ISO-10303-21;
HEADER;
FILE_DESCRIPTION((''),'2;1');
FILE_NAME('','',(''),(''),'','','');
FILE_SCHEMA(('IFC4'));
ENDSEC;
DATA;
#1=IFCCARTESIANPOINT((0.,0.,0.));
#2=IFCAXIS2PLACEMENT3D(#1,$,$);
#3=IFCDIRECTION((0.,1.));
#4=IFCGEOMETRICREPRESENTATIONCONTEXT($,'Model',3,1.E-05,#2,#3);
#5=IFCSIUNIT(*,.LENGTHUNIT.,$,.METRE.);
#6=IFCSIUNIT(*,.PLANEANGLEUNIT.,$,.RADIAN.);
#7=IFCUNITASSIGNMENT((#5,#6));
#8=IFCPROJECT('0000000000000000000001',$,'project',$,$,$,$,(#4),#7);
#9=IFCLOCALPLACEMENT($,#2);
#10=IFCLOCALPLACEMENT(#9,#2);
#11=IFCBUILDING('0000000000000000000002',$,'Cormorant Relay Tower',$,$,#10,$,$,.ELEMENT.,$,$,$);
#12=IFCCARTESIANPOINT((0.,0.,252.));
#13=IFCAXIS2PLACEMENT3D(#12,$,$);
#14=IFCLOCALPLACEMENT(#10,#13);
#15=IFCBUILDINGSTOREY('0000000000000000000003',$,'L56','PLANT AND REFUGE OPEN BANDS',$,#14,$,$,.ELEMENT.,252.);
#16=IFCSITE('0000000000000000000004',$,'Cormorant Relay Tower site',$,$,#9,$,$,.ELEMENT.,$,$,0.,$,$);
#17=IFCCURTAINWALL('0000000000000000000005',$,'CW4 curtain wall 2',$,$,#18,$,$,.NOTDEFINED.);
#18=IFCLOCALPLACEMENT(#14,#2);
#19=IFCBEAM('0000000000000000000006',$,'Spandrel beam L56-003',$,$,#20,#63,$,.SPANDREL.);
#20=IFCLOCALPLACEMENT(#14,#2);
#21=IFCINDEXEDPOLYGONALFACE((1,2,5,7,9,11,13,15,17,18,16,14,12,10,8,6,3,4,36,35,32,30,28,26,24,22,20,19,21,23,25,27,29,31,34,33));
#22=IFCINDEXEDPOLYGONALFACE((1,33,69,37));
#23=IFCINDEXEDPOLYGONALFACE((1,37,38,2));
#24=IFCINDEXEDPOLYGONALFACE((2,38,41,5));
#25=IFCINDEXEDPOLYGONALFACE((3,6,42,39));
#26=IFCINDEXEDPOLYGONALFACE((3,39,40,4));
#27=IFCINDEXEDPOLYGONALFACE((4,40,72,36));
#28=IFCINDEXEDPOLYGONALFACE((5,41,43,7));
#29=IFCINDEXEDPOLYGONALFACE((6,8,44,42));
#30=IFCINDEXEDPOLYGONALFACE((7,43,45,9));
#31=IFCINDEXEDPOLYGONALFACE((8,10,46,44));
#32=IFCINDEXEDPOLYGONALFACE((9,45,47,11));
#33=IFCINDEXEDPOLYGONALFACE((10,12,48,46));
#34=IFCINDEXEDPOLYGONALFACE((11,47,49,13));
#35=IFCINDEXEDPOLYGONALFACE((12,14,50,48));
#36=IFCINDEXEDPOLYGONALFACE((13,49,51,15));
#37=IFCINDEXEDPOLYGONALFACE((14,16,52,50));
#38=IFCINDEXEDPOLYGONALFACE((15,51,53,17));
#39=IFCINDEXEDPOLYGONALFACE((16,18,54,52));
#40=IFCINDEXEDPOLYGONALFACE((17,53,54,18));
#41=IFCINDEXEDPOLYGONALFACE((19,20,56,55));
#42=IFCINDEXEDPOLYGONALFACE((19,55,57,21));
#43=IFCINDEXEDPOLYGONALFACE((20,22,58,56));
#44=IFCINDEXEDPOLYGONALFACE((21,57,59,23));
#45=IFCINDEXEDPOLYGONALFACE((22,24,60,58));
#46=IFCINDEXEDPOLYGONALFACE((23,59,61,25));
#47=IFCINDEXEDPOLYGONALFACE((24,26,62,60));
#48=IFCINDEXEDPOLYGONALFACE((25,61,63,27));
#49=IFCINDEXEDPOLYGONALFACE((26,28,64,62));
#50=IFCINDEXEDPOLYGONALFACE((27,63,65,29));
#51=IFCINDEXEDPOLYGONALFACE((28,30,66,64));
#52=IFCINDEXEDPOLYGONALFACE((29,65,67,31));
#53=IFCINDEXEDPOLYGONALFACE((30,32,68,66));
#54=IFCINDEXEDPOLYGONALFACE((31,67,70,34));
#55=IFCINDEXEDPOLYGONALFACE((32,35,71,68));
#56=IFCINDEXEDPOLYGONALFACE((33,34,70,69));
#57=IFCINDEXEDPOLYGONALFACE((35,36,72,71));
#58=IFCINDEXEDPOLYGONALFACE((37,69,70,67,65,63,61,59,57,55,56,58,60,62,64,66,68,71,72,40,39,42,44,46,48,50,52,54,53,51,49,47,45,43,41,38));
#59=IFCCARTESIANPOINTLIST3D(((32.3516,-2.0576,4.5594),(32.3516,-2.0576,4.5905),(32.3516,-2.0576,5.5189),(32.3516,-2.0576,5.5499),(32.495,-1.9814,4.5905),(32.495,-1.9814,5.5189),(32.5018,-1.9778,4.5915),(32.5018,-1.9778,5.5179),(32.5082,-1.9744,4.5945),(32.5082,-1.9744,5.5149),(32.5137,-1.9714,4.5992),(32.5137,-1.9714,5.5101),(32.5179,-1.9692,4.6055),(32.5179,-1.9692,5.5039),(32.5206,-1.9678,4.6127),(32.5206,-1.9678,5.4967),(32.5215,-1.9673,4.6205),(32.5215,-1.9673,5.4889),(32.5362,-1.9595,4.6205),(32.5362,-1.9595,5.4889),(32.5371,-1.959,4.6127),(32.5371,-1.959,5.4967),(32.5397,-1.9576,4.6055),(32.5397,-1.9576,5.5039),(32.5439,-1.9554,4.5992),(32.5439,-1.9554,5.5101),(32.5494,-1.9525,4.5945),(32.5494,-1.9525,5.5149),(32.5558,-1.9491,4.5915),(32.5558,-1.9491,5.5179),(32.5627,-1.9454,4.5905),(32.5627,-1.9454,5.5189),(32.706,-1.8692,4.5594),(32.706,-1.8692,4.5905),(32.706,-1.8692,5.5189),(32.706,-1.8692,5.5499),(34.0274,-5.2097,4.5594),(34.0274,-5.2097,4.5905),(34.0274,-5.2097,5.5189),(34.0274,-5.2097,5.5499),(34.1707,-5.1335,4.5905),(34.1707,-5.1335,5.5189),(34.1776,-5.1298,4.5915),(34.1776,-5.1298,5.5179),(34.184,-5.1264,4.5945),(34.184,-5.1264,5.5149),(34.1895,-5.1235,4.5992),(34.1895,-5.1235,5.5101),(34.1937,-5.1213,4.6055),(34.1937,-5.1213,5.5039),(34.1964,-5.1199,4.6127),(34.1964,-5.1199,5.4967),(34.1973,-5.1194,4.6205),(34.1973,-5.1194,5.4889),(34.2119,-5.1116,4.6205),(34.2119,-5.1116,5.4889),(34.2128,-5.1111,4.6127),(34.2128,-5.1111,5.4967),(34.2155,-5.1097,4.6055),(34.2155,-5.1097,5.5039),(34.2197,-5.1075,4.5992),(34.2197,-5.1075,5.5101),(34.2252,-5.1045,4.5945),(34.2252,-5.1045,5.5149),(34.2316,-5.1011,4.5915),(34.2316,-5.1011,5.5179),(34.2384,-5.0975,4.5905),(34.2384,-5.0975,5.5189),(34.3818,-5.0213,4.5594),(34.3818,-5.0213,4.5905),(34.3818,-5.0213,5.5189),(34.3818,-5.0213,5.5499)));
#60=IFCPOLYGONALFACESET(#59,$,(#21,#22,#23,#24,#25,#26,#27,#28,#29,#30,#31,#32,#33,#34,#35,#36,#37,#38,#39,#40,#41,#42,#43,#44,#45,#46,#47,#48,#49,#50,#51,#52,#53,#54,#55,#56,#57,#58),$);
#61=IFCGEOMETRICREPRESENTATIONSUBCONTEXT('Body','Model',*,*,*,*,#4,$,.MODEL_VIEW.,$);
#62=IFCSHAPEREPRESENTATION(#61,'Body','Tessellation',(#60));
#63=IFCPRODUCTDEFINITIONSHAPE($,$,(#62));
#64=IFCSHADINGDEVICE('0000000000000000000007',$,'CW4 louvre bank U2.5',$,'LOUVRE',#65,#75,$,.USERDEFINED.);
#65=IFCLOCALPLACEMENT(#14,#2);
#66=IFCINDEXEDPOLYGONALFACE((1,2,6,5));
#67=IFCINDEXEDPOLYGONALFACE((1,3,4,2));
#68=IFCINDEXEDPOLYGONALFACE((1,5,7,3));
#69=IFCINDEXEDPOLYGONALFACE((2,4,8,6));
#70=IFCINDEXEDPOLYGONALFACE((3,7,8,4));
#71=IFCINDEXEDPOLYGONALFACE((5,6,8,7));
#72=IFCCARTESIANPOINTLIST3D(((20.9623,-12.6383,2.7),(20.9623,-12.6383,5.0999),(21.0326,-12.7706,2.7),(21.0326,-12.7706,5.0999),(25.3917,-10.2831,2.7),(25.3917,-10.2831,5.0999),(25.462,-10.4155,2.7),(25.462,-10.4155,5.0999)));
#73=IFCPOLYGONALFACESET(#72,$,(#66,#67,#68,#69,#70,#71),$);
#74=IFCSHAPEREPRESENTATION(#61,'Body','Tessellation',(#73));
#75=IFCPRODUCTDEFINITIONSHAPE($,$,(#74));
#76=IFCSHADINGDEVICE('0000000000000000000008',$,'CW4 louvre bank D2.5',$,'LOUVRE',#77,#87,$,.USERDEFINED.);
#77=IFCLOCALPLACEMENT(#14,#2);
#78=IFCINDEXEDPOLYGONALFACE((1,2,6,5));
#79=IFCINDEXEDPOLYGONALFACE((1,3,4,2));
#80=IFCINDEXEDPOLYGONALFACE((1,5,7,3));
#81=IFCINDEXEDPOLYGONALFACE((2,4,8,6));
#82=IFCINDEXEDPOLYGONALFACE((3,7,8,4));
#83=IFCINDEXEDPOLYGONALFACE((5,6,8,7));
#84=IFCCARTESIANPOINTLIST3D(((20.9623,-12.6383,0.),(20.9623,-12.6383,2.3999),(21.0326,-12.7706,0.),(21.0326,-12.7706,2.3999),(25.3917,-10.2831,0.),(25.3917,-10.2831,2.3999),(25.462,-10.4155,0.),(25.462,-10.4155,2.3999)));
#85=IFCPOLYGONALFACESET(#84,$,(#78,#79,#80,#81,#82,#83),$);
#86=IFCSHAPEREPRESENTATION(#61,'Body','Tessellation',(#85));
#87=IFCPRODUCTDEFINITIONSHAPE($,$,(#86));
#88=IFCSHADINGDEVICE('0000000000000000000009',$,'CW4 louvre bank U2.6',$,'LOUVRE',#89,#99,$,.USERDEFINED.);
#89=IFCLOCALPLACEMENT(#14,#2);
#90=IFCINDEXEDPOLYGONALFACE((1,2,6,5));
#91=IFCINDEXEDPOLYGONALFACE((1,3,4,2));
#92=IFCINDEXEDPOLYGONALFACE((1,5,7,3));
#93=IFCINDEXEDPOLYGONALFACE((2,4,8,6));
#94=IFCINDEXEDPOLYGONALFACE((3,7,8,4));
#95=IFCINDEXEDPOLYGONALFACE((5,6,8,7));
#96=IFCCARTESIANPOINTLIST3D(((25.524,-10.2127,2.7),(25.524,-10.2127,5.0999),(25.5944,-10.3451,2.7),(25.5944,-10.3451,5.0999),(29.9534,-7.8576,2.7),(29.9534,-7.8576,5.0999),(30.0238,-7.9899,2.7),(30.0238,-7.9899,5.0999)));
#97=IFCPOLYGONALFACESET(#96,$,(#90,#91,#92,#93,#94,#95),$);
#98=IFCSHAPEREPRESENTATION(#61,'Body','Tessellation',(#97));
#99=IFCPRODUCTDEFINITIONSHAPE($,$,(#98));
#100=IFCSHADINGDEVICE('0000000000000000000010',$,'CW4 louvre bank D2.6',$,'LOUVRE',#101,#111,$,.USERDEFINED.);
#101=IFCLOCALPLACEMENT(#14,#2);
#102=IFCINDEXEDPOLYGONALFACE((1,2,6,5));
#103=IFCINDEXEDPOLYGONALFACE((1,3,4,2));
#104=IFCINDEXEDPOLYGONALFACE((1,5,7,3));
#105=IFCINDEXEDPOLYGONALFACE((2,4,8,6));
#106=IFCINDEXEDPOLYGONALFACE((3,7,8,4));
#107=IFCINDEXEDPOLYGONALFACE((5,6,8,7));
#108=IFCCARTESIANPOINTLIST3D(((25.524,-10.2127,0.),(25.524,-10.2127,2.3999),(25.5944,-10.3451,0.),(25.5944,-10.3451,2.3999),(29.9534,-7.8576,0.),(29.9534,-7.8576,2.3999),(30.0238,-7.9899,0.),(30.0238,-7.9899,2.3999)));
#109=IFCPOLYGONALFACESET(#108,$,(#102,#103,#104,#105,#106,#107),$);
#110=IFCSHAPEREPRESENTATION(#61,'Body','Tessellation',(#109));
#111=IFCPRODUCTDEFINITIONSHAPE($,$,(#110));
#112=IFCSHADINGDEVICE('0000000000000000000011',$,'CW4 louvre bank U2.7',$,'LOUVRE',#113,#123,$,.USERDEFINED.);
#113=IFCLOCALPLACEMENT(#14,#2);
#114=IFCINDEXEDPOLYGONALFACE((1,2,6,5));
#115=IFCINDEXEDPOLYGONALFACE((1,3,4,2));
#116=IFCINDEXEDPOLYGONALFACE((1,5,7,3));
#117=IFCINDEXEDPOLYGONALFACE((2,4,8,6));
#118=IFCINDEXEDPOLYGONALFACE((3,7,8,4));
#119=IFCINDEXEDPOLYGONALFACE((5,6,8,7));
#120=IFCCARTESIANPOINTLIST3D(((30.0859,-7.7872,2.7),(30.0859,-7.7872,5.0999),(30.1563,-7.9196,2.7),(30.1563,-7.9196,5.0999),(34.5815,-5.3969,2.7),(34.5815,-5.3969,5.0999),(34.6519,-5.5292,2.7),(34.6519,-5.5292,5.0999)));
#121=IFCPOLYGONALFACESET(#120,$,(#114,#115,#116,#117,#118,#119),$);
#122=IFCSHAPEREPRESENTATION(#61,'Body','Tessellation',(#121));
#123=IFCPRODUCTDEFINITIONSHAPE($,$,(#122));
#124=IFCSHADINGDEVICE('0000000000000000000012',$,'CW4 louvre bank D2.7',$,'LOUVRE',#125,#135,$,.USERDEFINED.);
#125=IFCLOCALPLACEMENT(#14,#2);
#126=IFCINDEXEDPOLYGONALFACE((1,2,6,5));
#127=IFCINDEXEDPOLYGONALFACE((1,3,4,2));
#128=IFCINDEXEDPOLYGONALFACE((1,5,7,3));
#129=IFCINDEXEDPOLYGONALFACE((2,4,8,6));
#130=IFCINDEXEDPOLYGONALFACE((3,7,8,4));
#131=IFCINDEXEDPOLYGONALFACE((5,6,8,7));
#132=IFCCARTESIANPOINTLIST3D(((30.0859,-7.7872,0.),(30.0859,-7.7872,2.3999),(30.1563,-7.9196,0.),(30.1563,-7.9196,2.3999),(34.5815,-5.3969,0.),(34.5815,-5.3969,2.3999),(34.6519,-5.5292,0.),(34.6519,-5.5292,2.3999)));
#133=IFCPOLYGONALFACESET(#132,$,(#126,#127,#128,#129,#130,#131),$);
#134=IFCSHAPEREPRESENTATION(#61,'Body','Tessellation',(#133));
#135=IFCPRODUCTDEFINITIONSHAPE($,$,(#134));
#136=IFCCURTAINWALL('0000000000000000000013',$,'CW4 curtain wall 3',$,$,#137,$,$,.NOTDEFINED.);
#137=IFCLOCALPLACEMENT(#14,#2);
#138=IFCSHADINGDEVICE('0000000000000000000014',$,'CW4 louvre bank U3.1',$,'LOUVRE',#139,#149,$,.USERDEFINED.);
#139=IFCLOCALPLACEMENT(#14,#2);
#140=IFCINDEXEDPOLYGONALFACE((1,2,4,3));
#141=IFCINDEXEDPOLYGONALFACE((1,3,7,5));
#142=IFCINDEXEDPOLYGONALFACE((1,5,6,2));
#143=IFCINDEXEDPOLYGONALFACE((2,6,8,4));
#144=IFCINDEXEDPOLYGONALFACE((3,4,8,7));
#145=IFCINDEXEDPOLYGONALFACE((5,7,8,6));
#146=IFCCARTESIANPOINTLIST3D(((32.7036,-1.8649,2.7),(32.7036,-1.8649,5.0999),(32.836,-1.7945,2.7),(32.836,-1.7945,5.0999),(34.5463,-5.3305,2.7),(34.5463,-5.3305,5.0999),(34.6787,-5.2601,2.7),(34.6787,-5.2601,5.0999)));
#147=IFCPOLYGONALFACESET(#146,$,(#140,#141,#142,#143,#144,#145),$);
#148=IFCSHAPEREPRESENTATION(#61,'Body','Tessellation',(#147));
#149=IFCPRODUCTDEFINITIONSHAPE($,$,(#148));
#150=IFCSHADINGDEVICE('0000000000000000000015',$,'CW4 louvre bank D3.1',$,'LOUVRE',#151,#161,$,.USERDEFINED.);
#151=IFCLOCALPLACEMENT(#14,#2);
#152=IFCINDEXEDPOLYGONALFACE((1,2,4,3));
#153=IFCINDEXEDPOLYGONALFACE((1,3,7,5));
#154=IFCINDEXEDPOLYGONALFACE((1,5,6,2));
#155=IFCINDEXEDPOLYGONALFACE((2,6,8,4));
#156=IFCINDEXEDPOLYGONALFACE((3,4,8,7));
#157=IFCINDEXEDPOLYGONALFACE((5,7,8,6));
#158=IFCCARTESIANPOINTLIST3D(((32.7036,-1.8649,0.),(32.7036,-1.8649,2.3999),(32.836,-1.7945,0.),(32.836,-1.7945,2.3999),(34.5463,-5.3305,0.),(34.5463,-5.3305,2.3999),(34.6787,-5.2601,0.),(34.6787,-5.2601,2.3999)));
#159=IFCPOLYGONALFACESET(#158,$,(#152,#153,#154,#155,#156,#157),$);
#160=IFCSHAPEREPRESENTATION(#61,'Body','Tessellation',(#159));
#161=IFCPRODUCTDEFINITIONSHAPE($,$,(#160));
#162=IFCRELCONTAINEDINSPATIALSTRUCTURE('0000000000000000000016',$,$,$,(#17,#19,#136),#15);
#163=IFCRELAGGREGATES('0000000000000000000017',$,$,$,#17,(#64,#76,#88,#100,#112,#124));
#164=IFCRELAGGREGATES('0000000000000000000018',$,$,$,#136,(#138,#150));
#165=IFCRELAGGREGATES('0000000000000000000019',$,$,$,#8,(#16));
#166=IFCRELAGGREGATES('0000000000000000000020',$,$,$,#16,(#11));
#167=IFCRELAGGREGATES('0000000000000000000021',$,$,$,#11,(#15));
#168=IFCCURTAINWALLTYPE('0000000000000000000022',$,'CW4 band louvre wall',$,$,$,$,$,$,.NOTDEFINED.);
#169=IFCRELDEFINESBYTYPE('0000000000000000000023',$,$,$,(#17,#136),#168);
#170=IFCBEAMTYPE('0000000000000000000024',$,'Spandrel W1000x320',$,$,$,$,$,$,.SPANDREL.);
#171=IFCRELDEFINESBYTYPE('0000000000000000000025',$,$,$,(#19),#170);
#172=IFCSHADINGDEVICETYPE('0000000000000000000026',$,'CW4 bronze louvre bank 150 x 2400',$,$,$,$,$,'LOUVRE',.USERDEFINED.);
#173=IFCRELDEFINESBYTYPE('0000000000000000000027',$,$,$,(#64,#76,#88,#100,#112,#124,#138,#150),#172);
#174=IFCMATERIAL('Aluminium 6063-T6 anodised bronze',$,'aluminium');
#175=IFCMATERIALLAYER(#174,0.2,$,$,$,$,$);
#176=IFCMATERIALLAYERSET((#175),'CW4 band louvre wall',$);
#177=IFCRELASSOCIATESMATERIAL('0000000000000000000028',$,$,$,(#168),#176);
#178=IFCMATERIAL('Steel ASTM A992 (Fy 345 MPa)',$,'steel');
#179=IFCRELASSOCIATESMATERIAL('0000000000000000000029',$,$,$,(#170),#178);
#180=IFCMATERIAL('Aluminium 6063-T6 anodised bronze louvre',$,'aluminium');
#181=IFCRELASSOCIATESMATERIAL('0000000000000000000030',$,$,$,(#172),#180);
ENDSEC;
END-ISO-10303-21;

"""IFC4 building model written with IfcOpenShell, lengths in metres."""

from ifc_helpers import new_model, si_unit, direction, frame, origin, origin_2d, place, context, subcontext, project, spatial, rectangle, i_section, extrude, material, layer, layer_set, material_profile, profile_set, type_object, element, aggregate, save


model = new_model("IFC4")

# Units and contexts
model_context = context("Model", 3, precision=1e-05, world=origin(), true_north=direction((0.0, 1.0)))
body_context = subcontext(model_context, "Body", "Model", "MODEL_VIEW")
ifc_project = project(units=[si_unit("LENGTHUNIT", "METRE"), si_unit("PLANEANGLEUNIT", "RADIAN")], contexts=[model_context])

# Site, building, storey
site_placement = place(None, origin())
site = spatial("IfcSite", under=ifc_project, at=site_placement, Name="Cormorant Relay Tower site", CompositionType="ELEMENT", RefElevation=0.0)
building_placement = place(site_placement, origin())
building = spatial("IfcBuilding", under=site, at=building_placement, Name="Cormorant Relay Tower", CompositionType="ELEMENT")
storey_placement = place(building_placement, frame((0.0, 0.0, 252.0)))
storey = spatial("IfcBuildingStorey", under=building, at=storey_placement, Name="L56", Description="PLANT AND REFUGE OPEN BANDS", CompositionType="ELEMENT", Elevation=252.0)

# Curtain wall
ifc_material_1 = material(Name="Aluminium 6063-T6 anodised bronze", Category="aluminium")
ifc_layer = layer(ifc_material_1, 0.2)
ifc_layer_set = layer_set([ifc_layer], Name="CW4 band louvre wall")
curtain_wall_type = type_object("IfcCurtainWallType", Name="CW4 band louvre wall", PredefinedType="NOTDEFINED", material=ifc_layer_set)
curtain_wall_1_placement = place(storey_placement, origin())
curtain_wall_1 = element("IfcCurtainWall", 1, at=curtain_wall_1_placement, inside=storey, type_object=curtain_wall_type, Name="CW4 curtain wall 2", PredefinedType="NOTDEFINED")

# Beam
ifc_material_2 = material(Name="Steel ASTM A992 (Fy 345 MPa)", Category="steel")
ifc_material_profile_1 = material_profile(ifc_material_2, i_section(OverallWidth=0.4014, OverallDepth=0.9905, WebThickness=0.0166, FlangeThickness=0.031, FilletRadius=0.03, at=origin_2d()), Name="W1000x320")
ifc_profile_set_1 = profile_set([ifc_material_profile_1], Name="Steel ASTM A992 (Fy 345 MPa)")
beam_type = type_object("IfcBeamType", Name="Spandrel W1000x320", PredefinedType="SPANDREL", material=ifc_profile_set_1)
beam_1_placement = place(storey_placement, frame((34.2046, -5.1155, 5.0547), z_axis=(-0.469424, 0.882973, 0.0), x_axis=(-0.882973, -0.469424, 0.0)))
element("IfcBeam", 2, at=beam_1_placement, inside=storey, type_object=beam_type, Name="Spandrel beam L56-003", PredefinedType="SPANDREL", context=body_context, shape_type="SweptSolid", body=[
    extrude(i_section(OverallWidth=0.4014, OverallDepth=0.9905, WebThickness=0.0166, FlangeThickness=0.031, FilletRadius=0.03, at=origin_2d()), origin(), (0.0, 0.0, 1.0), 3.5698),
])

# Shading devices
ifc_material_3 = material(Name="Aluminium 6063-T6 anodised bronze louvre", Category="aluminium")
shading_device_type = type_object("IfcShadingDeviceType", Name="CW4 bronze louvre bank 150 x 2400", ElementType="LOUVRE", PredefinedType="USERDEFINED", material=ifc_material_3)
shading_device_1_placement = place(storey_placement, frame((23.2122, -11.5269, 2.7), z_axis=(0.0, 0.0, 1.0), x_axis=(0.882948, 0.469472, 0.0)))
shading_device_1 = element("IfcShadingDevice", 3, at=shading_device_1_placement, type_object=shading_device_type, Name="CW4 louvre bank U2.5", ObjectType="LOUVRE", PredefinedType="USERDEFINED", context=body_context, shape_type="SweptSolid", body=[
    extrude(rectangle(XDim=5.0166, YDim=0.1499, at=origin_2d()), origin(), (0.0, 0.0, 1.0), 2.3999),
])
shading_device_2_placement = place(storey_placement, frame((23.2122, -11.5269, 0.0), z_axis=(0.0, 0.0, 1.0), x_axis=(0.882948, 0.469472, 0.0)))
shading_device_2 = element("IfcShadingDevice", 4, at=shading_device_2_placement, type_object=shading_device_type, Name="CW4 louvre bank D2.5", ObjectType="LOUVRE", PredefinedType="USERDEFINED", context=body_context, shape_type="SweptSolid", body=[
    extrude(rectangle(XDim=5.0166, YDim=0.1499, at=origin_2d()), origin(), (0.0, 0.0, 1.0), 2.3999),
])
shading_device_3_placement = place(storey_placement, frame((27.7739, -9.1013, 2.7), z_axis=(0.0, 0.0, 1.0), x_axis=(0.882948, 0.469472, 0.0)))
shading_device_3 = element("IfcShadingDevice", 5, at=shading_device_3_placement, type_object=shading_device_type, Name="CW4 louvre bank U2.6", ObjectType="LOUVRE", PredefinedType="USERDEFINED", context=body_context, shape_type="SweptSolid", body=[
    extrude(rectangle(XDim=5.0166, YDim=0.1499, at=origin_2d()), origin(), (0.0, 0.0, 1.0), 2.3999),
])
shading_device_4_placement = place(storey_placement, frame((27.7739, -9.1013, 0.0), z_axis=(0.0, 0.0, 1.0), x_axis=(0.882948, 0.469472, 0.0)))
shading_device_4 = element("IfcShadingDevice", 6, at=shading_device_4_placement, type_object=shading_device_type, Name="CW4 louvre bank D2.6", ObjectType="LOUVRE", PredefinedType="USERDEFINED", context=body_context, shape_type="SweptSolid", body=[
    extrude(rectangle(XDim=5.0166, YDim=0.1499, at=origin_2d()), origin(), (0.0, 0.0, 1.0), 2.3999),
])
shading_device_5_placement = place(storey_placement, frame((32.3689, -6.6582, 2.7), z_axis=(0.0, 0.0, 1.0), x_axis=(0.882948, 0.469472, 0.0)))
shading_device_5 = element("IfcShadingDevice", 7, at=shading_device_5_placement, type_object=shading_device_type, Name="CW4 louvre bank U2.7", ObjectType="LOUVRE", PredefinedType="USERDEFINED", context=body_context, shape_type="SweptSolid", body=[
    extrude(rectangle(XDim=5.0916, YDim=0.1499, at=origin_2d()), origin(), (0.0, 0.0, 1.0), 2.3999),
])
shading_device_6_placement = place(storey_placement, frame((32.3689, -6.6582, 0.0), z_axis=(0.0, 0.0, 1.0), x_axis=(0.882948, 0.469472, 0.0)))
shading_device_6 = element("IfcShadingDevice", 8, at=shading_device_6_placement, type_object=shading_device_type, Name="CW4 louvre bank D2.7", ObjectType="LOUVRE", PredefinedType="USERDEFINED", context=body_context, shape_type="SweptSolid", body=[
    extrude(rectangle(XDim=5.0916, YDim=0.1499, at=origin_2d()), origin(), (0.0, 0.0, 1.0), 2.3999),
])
aggregate(curtain_wall_1, [shading_device_1, shading_device_2, shading_device_3, shading_device_4, shading_device_5, shading_device_6])

# Curtain wall, shading devices
curtain_wall_2_placement = place(storey_placement, origin())
curtain_wall_2 = element("IfcCurtainWall", 9, at=curtain_wall_2_placement, inside=storey, type_object=curtain_wall_type, Name="CW4 curtain wall 3", PredefinedType="NOTDEFINED")
shading_device_7_placement = place(storey_placement, frame((33.6912, -3.5625, 2.7), z_axis=(0.0, 0.0, 1.0), x_axis=(-0.469472, 0.882948, 0.0)))
shading_device_7 = element("IfcShadingDevice", 10, at=shading_device_7_placement, type_object=shading_device_type, Name="CW4 louvre bank U3.1", ObjectType="LOUVRE", PredefinedType="USERDEFINED", context=body_context, shape_type="SweptSolid", body=[
    extrude(rectangle(XDim=3.925, YDim=0.1499, at=origin_2d()), origin(), (0.0, 0.0, 1.0), 2.3999),
])
shading_device_8_placement = place(storey_placement, frame((33.6912, -3.5625, 0.0), z_axis=(0.0, 0.0, 1.0), x_axis=(-0.469472, 0.882948, 0.0)))
shading_device_8 = element("IfcShadingDevice", 11, at=shading_device_8_placement, type_object=shading_device_type, Name="CW4 louvre bank D3.1", ObjectType="LOUVRE", PredefinedType="USERDEFINED", context=body_context, shape_type="SweptSolid", body=[
    extrude(rectangle(XDim=3.925, YDim=0.1499, at=origin_2d()), origin(), (0.0, 0.0, 1.0), 2.3999),
])
aggregate(curtain_wall_2, [shading_device_7, shading_device_8])

save(model, "model.ifc")
